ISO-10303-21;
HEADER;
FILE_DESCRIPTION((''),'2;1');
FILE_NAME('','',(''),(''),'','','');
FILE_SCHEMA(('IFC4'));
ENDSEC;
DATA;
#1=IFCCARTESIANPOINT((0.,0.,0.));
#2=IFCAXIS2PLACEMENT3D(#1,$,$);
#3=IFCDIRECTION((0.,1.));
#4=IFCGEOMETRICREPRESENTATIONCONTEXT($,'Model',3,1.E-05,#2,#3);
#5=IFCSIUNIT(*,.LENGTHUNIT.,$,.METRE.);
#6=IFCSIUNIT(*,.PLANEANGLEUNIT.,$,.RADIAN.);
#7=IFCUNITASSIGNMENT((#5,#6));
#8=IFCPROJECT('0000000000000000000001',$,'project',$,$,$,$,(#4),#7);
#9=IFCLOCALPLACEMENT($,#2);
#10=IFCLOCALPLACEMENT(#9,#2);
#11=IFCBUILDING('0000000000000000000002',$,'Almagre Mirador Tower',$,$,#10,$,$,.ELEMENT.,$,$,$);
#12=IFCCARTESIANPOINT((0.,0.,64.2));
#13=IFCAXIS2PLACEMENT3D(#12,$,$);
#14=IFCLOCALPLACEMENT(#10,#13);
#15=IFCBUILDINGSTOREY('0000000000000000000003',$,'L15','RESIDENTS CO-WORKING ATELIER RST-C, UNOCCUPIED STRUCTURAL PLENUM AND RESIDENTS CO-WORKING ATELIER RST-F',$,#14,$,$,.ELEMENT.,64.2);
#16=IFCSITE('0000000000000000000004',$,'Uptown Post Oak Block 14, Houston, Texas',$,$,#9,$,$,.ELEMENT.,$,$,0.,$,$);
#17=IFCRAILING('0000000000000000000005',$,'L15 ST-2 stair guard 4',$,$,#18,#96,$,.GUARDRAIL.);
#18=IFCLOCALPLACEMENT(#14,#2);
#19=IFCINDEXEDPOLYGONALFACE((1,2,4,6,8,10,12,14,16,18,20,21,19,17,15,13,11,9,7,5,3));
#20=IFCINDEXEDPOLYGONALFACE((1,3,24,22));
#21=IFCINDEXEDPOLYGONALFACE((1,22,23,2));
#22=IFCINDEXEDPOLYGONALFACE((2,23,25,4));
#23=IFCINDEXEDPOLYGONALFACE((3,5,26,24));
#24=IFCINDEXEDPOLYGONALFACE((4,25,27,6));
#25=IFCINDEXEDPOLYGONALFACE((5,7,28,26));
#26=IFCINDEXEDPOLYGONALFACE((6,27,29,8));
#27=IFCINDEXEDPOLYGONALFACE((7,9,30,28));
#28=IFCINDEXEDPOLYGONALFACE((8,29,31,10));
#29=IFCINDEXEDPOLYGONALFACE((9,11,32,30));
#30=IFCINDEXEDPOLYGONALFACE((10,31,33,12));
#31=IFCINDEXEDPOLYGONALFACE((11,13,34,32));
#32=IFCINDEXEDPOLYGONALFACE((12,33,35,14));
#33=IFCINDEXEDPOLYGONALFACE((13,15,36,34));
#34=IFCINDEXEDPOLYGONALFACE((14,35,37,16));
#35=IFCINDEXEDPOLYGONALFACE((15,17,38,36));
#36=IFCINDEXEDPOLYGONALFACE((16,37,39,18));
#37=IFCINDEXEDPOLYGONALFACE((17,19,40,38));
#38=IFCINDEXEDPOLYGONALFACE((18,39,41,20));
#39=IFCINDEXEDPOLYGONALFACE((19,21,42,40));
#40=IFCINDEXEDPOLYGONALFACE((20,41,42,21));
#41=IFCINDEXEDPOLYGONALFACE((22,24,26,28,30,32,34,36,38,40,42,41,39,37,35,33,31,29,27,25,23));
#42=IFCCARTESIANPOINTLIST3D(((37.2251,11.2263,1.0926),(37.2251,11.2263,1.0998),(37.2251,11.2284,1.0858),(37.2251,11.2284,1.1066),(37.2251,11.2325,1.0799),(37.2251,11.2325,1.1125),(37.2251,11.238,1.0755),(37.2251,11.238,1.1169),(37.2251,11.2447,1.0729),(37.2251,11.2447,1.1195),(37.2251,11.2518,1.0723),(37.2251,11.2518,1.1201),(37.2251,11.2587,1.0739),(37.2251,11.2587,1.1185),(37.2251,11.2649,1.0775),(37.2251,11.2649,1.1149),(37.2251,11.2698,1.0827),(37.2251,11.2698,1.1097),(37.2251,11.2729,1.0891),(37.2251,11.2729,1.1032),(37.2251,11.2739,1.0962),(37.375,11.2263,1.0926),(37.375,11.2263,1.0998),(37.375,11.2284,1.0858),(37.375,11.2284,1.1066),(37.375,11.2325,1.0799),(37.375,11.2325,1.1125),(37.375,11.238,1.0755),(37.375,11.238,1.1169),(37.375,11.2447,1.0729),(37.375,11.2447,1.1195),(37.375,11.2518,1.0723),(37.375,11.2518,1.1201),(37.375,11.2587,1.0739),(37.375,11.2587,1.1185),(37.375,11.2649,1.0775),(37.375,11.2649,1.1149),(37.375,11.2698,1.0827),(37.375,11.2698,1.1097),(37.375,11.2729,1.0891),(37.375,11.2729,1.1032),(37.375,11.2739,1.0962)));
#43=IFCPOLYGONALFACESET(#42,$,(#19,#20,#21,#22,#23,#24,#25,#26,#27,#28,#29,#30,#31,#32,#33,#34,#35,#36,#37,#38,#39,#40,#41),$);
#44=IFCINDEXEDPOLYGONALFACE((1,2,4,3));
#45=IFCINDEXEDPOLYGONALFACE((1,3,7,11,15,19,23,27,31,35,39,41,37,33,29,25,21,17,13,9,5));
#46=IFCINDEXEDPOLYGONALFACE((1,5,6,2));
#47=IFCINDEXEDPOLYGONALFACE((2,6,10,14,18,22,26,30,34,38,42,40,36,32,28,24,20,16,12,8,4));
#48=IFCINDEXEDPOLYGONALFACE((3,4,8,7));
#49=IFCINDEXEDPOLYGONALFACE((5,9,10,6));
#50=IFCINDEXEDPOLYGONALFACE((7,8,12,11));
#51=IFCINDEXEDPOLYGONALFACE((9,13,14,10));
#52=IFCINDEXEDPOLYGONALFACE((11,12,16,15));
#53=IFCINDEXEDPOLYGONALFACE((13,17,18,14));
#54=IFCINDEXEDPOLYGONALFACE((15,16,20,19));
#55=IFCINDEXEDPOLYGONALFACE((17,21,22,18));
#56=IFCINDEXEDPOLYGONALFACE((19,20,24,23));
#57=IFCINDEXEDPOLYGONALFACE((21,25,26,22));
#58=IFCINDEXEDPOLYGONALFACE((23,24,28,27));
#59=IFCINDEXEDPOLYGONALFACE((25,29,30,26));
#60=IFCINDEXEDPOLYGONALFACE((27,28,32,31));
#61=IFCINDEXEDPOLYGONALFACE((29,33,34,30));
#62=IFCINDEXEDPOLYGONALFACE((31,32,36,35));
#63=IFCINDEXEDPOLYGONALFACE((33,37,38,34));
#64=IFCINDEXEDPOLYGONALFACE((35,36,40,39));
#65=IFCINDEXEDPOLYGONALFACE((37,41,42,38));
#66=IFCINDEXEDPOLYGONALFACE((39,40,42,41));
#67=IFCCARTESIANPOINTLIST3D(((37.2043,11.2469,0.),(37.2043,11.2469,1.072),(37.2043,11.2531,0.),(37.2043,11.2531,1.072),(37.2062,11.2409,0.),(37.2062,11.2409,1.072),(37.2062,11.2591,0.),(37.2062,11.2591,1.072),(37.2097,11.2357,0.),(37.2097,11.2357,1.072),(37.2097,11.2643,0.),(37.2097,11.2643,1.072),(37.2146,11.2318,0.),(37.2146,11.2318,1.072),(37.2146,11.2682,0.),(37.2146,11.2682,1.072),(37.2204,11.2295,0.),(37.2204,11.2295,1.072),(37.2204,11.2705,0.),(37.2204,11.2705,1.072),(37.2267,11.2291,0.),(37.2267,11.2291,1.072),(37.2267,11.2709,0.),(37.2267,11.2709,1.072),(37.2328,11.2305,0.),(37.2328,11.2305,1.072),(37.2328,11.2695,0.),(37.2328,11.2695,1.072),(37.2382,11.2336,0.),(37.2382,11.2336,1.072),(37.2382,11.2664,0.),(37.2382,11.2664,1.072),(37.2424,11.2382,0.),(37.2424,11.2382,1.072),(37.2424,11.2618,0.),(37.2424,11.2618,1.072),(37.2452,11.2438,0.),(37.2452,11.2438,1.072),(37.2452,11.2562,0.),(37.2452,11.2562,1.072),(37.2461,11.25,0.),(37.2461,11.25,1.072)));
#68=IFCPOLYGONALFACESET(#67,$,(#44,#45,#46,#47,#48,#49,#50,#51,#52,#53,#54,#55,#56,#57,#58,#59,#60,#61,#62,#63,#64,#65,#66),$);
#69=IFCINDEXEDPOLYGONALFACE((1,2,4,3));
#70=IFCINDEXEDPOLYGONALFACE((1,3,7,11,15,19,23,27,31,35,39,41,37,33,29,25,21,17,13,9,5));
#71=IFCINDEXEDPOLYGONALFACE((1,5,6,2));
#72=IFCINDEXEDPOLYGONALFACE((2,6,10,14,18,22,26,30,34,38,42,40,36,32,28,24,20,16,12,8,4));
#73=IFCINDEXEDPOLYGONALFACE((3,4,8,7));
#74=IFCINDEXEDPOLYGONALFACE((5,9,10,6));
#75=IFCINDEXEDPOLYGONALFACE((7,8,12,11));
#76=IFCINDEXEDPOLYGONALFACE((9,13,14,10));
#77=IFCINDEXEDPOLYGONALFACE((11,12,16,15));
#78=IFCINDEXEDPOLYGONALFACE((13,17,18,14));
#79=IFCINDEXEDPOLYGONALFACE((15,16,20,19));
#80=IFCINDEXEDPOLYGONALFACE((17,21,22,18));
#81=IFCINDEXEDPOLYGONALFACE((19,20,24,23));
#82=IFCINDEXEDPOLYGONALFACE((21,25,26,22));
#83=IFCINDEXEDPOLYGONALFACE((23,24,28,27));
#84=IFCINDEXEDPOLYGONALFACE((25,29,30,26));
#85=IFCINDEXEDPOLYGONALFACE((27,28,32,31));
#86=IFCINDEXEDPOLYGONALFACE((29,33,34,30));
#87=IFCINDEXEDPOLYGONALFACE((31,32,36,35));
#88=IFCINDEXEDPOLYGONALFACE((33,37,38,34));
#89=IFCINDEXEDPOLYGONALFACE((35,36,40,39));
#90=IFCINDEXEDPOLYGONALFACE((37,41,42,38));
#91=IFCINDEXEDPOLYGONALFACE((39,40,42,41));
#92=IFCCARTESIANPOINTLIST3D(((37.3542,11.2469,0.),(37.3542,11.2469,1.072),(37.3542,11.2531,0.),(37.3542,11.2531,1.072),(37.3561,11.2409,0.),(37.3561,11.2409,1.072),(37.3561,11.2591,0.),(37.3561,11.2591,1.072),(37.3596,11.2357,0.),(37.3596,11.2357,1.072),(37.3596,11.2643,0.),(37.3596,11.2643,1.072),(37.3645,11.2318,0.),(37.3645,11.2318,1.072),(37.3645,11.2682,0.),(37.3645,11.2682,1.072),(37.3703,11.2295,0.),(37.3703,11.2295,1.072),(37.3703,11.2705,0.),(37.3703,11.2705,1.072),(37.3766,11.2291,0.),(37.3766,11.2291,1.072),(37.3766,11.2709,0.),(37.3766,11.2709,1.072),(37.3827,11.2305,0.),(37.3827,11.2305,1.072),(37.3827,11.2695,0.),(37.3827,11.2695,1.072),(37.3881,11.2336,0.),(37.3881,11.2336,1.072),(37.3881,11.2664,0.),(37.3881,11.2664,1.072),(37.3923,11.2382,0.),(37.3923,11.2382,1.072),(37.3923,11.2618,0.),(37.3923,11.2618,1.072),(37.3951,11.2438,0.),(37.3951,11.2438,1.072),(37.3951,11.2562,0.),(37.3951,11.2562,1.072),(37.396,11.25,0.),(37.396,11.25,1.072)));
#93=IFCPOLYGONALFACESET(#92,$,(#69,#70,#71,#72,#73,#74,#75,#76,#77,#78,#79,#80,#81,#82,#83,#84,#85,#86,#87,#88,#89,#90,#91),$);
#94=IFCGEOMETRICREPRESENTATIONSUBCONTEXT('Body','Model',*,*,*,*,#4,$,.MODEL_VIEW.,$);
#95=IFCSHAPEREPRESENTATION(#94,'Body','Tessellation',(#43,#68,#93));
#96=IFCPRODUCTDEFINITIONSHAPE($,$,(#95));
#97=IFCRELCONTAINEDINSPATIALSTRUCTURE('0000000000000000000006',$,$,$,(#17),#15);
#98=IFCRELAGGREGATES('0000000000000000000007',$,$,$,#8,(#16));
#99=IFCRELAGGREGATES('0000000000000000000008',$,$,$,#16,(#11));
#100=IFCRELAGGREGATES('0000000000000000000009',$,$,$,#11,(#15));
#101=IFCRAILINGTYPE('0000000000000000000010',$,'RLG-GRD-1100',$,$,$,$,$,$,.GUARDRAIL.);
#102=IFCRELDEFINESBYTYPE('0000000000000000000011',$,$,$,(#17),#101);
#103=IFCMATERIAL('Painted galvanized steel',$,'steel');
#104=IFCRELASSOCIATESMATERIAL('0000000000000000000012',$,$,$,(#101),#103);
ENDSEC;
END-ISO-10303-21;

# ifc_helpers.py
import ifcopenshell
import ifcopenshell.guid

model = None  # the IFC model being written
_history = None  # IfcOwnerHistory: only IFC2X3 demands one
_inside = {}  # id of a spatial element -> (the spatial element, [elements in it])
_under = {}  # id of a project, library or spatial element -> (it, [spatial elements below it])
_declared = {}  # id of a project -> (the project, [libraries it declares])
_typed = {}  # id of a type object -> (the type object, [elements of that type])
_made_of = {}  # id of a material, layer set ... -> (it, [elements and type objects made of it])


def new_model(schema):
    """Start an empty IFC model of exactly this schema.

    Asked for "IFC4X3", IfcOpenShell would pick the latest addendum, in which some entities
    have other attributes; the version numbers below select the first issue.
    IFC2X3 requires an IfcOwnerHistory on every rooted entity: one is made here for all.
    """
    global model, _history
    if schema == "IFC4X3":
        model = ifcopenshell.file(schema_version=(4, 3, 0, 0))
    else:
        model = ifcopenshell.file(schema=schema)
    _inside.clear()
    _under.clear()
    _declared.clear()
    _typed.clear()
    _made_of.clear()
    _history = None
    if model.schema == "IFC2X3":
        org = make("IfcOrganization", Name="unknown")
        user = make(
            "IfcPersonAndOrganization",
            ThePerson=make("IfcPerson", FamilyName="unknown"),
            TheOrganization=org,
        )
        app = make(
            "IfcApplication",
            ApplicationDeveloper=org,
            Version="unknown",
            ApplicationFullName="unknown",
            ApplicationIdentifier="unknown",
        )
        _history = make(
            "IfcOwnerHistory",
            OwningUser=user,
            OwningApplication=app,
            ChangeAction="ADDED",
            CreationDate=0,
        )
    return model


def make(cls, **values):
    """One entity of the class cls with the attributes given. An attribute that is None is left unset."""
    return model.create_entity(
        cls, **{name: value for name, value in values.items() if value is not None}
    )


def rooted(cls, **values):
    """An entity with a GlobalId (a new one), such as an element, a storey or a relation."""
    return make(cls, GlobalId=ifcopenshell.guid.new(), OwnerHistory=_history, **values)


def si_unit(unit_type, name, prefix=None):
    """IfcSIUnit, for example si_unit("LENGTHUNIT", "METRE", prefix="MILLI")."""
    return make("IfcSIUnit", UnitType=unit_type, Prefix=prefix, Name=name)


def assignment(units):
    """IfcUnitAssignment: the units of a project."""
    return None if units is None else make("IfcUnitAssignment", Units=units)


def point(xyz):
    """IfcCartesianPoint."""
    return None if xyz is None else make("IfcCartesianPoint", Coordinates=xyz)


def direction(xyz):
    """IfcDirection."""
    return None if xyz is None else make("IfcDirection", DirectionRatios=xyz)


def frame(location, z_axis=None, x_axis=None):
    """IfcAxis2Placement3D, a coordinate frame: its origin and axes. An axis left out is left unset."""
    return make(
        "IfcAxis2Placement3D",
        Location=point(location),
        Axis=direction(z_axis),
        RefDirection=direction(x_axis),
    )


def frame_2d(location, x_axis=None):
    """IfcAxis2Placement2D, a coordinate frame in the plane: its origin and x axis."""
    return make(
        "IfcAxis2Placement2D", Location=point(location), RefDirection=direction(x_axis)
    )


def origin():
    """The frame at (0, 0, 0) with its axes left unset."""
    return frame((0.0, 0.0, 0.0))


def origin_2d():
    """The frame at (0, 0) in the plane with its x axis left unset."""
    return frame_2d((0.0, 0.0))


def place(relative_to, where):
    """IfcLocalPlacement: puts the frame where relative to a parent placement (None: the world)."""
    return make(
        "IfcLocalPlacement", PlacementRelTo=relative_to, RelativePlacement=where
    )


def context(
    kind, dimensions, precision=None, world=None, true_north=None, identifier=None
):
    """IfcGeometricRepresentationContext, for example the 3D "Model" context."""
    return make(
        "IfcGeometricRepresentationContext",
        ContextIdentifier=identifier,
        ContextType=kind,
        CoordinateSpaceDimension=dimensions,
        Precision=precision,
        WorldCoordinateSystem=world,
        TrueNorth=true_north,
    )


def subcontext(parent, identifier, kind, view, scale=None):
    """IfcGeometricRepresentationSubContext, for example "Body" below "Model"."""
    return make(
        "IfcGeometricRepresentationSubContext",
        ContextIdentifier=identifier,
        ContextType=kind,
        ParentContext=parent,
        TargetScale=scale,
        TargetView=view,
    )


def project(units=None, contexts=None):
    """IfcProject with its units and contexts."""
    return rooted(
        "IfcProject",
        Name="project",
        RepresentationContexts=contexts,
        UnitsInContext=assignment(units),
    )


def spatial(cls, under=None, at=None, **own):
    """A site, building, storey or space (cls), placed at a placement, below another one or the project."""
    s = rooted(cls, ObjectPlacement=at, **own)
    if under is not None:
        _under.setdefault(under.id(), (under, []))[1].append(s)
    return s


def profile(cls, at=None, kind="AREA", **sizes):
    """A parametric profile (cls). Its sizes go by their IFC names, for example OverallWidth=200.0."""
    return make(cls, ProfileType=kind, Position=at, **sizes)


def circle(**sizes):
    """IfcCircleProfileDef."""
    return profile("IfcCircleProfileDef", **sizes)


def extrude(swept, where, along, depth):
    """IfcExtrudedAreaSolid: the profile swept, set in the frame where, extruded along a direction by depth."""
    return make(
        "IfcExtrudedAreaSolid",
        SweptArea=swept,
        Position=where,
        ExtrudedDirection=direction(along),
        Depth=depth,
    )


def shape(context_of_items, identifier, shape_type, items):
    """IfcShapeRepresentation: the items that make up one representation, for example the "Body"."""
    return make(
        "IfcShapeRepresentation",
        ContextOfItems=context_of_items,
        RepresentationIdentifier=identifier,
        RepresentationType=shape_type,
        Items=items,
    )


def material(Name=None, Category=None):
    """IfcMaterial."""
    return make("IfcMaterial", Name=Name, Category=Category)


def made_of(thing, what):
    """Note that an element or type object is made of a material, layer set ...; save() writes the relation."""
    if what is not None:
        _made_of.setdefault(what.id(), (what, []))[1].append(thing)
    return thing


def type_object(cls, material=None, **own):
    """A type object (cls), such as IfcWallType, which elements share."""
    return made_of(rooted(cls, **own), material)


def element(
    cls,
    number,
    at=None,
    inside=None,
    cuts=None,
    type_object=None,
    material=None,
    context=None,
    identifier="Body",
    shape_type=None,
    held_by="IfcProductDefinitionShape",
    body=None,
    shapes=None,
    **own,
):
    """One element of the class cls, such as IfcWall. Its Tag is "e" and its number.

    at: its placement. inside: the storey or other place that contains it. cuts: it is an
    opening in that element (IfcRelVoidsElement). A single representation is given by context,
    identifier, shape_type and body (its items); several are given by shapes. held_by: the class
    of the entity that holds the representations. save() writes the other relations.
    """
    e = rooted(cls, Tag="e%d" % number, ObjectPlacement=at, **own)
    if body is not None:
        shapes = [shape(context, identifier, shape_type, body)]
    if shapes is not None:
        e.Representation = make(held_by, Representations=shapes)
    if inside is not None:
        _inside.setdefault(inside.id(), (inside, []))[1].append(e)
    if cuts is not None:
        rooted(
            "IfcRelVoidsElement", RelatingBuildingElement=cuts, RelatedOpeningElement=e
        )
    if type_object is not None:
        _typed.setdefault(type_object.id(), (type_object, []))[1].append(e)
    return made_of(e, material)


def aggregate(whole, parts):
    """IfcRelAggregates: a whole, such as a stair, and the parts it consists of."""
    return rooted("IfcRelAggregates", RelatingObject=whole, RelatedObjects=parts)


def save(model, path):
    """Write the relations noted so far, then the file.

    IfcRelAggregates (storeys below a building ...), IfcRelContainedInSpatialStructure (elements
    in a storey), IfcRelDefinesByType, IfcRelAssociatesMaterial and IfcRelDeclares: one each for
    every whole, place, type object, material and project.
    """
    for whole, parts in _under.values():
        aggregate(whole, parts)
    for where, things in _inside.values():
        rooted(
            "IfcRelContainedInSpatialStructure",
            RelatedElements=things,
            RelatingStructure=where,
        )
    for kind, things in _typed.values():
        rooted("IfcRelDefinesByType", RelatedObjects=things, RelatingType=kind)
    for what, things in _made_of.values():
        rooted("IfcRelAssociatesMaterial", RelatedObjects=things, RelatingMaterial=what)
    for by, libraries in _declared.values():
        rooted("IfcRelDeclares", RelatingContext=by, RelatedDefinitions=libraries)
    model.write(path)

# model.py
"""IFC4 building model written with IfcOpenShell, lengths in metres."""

from ifc_helpers import new_model, si_unit, direction, frame, origin, origin_2d, place, context, subcontext, project, spatial, circle, extrude, material, type_object, element, save


model = new_model("IFC4")

# Units and contexts
model_context = context("Model", 3, precision=1e-05, world=origin(), true_north=direction((0.0, 1.0)))
body_context = subcontext(model_context, "Body", "Model", "MODEL_VIEW")
ifc_project = project(units=[si_unit("LENGTHUNIT", "METRE"), si_unit("PLANEANGLEUNIT", "RADIAN")], contexts=[model_context])

# Site, building, storey
site_placement = place(None, origin())
site = spatial("IfcSite", under=ifc_project, at=site_placement, Name="Uptown Post Oak Block 14, Houston, Texas", CompositionType="ELEMENT", RefElevation=0.0)
building_placement = place(site_placement, origin())
building = spatial("IfcBuilding", under=site, at=building_placement, Name="Almagre Mirador Tower", CompositionType="ELEMENT")
storey_placement = place(building_placement, frame((0.0, 0.0, 64.2)))
storey = spatial("IfcBuildingStorey", under=building, at=storey_placement, Name="L15", Description="RESIDENTS CO-WORKING ATELIER RST-C, UNOCCUPIED STRUCTURAL PLENUM AND RESIDENTS CO-WORKING ATELIER RST-F", CompositionType="ELEMENT", Elevation=64.2)

# Railing
ifc_material_1 = material(Name="Painted galvanized steel", Category="steel")
railing_type_1 = type_object("IfcRailingType", Name="RLG-GRD-1100", PredefinedType="GUARDRAIL", material=ifc_material_1)
railing_1_placement = place(storey_placement, frame((37.2251, 11.25, 0.0)))
element("IfcRailing", 1, at=railing_1_placement, inside=storey, type_object=railing_type_1, Name="L15 ST-2 stair guard 4", PredefinedType="GUARDRAIL", context=body_context, shape_type="SweptSolid", body=[
    extrude(circle(Radius=0.0239, at=origin_2d()), frame((0.0, 0.0, 1.0962), z_axis=(1.0, 0.0, 0.0), x_axis=(0.0, 1.0, 0.0)), (0.0, 0.0, 1.0), 0.1499),
    extrude(circle(Radius=0.021, at=origin_2d()), origin(), (0.0, 0.0, 1.0), 1.072),
    extrude(circle(Radius=0.021, at=origin_2d()), frame((0.1499, 0.0, 0.0)), (0.0, 0.0, 1.0), 1.072),
])

save(model, "model.ifc")
